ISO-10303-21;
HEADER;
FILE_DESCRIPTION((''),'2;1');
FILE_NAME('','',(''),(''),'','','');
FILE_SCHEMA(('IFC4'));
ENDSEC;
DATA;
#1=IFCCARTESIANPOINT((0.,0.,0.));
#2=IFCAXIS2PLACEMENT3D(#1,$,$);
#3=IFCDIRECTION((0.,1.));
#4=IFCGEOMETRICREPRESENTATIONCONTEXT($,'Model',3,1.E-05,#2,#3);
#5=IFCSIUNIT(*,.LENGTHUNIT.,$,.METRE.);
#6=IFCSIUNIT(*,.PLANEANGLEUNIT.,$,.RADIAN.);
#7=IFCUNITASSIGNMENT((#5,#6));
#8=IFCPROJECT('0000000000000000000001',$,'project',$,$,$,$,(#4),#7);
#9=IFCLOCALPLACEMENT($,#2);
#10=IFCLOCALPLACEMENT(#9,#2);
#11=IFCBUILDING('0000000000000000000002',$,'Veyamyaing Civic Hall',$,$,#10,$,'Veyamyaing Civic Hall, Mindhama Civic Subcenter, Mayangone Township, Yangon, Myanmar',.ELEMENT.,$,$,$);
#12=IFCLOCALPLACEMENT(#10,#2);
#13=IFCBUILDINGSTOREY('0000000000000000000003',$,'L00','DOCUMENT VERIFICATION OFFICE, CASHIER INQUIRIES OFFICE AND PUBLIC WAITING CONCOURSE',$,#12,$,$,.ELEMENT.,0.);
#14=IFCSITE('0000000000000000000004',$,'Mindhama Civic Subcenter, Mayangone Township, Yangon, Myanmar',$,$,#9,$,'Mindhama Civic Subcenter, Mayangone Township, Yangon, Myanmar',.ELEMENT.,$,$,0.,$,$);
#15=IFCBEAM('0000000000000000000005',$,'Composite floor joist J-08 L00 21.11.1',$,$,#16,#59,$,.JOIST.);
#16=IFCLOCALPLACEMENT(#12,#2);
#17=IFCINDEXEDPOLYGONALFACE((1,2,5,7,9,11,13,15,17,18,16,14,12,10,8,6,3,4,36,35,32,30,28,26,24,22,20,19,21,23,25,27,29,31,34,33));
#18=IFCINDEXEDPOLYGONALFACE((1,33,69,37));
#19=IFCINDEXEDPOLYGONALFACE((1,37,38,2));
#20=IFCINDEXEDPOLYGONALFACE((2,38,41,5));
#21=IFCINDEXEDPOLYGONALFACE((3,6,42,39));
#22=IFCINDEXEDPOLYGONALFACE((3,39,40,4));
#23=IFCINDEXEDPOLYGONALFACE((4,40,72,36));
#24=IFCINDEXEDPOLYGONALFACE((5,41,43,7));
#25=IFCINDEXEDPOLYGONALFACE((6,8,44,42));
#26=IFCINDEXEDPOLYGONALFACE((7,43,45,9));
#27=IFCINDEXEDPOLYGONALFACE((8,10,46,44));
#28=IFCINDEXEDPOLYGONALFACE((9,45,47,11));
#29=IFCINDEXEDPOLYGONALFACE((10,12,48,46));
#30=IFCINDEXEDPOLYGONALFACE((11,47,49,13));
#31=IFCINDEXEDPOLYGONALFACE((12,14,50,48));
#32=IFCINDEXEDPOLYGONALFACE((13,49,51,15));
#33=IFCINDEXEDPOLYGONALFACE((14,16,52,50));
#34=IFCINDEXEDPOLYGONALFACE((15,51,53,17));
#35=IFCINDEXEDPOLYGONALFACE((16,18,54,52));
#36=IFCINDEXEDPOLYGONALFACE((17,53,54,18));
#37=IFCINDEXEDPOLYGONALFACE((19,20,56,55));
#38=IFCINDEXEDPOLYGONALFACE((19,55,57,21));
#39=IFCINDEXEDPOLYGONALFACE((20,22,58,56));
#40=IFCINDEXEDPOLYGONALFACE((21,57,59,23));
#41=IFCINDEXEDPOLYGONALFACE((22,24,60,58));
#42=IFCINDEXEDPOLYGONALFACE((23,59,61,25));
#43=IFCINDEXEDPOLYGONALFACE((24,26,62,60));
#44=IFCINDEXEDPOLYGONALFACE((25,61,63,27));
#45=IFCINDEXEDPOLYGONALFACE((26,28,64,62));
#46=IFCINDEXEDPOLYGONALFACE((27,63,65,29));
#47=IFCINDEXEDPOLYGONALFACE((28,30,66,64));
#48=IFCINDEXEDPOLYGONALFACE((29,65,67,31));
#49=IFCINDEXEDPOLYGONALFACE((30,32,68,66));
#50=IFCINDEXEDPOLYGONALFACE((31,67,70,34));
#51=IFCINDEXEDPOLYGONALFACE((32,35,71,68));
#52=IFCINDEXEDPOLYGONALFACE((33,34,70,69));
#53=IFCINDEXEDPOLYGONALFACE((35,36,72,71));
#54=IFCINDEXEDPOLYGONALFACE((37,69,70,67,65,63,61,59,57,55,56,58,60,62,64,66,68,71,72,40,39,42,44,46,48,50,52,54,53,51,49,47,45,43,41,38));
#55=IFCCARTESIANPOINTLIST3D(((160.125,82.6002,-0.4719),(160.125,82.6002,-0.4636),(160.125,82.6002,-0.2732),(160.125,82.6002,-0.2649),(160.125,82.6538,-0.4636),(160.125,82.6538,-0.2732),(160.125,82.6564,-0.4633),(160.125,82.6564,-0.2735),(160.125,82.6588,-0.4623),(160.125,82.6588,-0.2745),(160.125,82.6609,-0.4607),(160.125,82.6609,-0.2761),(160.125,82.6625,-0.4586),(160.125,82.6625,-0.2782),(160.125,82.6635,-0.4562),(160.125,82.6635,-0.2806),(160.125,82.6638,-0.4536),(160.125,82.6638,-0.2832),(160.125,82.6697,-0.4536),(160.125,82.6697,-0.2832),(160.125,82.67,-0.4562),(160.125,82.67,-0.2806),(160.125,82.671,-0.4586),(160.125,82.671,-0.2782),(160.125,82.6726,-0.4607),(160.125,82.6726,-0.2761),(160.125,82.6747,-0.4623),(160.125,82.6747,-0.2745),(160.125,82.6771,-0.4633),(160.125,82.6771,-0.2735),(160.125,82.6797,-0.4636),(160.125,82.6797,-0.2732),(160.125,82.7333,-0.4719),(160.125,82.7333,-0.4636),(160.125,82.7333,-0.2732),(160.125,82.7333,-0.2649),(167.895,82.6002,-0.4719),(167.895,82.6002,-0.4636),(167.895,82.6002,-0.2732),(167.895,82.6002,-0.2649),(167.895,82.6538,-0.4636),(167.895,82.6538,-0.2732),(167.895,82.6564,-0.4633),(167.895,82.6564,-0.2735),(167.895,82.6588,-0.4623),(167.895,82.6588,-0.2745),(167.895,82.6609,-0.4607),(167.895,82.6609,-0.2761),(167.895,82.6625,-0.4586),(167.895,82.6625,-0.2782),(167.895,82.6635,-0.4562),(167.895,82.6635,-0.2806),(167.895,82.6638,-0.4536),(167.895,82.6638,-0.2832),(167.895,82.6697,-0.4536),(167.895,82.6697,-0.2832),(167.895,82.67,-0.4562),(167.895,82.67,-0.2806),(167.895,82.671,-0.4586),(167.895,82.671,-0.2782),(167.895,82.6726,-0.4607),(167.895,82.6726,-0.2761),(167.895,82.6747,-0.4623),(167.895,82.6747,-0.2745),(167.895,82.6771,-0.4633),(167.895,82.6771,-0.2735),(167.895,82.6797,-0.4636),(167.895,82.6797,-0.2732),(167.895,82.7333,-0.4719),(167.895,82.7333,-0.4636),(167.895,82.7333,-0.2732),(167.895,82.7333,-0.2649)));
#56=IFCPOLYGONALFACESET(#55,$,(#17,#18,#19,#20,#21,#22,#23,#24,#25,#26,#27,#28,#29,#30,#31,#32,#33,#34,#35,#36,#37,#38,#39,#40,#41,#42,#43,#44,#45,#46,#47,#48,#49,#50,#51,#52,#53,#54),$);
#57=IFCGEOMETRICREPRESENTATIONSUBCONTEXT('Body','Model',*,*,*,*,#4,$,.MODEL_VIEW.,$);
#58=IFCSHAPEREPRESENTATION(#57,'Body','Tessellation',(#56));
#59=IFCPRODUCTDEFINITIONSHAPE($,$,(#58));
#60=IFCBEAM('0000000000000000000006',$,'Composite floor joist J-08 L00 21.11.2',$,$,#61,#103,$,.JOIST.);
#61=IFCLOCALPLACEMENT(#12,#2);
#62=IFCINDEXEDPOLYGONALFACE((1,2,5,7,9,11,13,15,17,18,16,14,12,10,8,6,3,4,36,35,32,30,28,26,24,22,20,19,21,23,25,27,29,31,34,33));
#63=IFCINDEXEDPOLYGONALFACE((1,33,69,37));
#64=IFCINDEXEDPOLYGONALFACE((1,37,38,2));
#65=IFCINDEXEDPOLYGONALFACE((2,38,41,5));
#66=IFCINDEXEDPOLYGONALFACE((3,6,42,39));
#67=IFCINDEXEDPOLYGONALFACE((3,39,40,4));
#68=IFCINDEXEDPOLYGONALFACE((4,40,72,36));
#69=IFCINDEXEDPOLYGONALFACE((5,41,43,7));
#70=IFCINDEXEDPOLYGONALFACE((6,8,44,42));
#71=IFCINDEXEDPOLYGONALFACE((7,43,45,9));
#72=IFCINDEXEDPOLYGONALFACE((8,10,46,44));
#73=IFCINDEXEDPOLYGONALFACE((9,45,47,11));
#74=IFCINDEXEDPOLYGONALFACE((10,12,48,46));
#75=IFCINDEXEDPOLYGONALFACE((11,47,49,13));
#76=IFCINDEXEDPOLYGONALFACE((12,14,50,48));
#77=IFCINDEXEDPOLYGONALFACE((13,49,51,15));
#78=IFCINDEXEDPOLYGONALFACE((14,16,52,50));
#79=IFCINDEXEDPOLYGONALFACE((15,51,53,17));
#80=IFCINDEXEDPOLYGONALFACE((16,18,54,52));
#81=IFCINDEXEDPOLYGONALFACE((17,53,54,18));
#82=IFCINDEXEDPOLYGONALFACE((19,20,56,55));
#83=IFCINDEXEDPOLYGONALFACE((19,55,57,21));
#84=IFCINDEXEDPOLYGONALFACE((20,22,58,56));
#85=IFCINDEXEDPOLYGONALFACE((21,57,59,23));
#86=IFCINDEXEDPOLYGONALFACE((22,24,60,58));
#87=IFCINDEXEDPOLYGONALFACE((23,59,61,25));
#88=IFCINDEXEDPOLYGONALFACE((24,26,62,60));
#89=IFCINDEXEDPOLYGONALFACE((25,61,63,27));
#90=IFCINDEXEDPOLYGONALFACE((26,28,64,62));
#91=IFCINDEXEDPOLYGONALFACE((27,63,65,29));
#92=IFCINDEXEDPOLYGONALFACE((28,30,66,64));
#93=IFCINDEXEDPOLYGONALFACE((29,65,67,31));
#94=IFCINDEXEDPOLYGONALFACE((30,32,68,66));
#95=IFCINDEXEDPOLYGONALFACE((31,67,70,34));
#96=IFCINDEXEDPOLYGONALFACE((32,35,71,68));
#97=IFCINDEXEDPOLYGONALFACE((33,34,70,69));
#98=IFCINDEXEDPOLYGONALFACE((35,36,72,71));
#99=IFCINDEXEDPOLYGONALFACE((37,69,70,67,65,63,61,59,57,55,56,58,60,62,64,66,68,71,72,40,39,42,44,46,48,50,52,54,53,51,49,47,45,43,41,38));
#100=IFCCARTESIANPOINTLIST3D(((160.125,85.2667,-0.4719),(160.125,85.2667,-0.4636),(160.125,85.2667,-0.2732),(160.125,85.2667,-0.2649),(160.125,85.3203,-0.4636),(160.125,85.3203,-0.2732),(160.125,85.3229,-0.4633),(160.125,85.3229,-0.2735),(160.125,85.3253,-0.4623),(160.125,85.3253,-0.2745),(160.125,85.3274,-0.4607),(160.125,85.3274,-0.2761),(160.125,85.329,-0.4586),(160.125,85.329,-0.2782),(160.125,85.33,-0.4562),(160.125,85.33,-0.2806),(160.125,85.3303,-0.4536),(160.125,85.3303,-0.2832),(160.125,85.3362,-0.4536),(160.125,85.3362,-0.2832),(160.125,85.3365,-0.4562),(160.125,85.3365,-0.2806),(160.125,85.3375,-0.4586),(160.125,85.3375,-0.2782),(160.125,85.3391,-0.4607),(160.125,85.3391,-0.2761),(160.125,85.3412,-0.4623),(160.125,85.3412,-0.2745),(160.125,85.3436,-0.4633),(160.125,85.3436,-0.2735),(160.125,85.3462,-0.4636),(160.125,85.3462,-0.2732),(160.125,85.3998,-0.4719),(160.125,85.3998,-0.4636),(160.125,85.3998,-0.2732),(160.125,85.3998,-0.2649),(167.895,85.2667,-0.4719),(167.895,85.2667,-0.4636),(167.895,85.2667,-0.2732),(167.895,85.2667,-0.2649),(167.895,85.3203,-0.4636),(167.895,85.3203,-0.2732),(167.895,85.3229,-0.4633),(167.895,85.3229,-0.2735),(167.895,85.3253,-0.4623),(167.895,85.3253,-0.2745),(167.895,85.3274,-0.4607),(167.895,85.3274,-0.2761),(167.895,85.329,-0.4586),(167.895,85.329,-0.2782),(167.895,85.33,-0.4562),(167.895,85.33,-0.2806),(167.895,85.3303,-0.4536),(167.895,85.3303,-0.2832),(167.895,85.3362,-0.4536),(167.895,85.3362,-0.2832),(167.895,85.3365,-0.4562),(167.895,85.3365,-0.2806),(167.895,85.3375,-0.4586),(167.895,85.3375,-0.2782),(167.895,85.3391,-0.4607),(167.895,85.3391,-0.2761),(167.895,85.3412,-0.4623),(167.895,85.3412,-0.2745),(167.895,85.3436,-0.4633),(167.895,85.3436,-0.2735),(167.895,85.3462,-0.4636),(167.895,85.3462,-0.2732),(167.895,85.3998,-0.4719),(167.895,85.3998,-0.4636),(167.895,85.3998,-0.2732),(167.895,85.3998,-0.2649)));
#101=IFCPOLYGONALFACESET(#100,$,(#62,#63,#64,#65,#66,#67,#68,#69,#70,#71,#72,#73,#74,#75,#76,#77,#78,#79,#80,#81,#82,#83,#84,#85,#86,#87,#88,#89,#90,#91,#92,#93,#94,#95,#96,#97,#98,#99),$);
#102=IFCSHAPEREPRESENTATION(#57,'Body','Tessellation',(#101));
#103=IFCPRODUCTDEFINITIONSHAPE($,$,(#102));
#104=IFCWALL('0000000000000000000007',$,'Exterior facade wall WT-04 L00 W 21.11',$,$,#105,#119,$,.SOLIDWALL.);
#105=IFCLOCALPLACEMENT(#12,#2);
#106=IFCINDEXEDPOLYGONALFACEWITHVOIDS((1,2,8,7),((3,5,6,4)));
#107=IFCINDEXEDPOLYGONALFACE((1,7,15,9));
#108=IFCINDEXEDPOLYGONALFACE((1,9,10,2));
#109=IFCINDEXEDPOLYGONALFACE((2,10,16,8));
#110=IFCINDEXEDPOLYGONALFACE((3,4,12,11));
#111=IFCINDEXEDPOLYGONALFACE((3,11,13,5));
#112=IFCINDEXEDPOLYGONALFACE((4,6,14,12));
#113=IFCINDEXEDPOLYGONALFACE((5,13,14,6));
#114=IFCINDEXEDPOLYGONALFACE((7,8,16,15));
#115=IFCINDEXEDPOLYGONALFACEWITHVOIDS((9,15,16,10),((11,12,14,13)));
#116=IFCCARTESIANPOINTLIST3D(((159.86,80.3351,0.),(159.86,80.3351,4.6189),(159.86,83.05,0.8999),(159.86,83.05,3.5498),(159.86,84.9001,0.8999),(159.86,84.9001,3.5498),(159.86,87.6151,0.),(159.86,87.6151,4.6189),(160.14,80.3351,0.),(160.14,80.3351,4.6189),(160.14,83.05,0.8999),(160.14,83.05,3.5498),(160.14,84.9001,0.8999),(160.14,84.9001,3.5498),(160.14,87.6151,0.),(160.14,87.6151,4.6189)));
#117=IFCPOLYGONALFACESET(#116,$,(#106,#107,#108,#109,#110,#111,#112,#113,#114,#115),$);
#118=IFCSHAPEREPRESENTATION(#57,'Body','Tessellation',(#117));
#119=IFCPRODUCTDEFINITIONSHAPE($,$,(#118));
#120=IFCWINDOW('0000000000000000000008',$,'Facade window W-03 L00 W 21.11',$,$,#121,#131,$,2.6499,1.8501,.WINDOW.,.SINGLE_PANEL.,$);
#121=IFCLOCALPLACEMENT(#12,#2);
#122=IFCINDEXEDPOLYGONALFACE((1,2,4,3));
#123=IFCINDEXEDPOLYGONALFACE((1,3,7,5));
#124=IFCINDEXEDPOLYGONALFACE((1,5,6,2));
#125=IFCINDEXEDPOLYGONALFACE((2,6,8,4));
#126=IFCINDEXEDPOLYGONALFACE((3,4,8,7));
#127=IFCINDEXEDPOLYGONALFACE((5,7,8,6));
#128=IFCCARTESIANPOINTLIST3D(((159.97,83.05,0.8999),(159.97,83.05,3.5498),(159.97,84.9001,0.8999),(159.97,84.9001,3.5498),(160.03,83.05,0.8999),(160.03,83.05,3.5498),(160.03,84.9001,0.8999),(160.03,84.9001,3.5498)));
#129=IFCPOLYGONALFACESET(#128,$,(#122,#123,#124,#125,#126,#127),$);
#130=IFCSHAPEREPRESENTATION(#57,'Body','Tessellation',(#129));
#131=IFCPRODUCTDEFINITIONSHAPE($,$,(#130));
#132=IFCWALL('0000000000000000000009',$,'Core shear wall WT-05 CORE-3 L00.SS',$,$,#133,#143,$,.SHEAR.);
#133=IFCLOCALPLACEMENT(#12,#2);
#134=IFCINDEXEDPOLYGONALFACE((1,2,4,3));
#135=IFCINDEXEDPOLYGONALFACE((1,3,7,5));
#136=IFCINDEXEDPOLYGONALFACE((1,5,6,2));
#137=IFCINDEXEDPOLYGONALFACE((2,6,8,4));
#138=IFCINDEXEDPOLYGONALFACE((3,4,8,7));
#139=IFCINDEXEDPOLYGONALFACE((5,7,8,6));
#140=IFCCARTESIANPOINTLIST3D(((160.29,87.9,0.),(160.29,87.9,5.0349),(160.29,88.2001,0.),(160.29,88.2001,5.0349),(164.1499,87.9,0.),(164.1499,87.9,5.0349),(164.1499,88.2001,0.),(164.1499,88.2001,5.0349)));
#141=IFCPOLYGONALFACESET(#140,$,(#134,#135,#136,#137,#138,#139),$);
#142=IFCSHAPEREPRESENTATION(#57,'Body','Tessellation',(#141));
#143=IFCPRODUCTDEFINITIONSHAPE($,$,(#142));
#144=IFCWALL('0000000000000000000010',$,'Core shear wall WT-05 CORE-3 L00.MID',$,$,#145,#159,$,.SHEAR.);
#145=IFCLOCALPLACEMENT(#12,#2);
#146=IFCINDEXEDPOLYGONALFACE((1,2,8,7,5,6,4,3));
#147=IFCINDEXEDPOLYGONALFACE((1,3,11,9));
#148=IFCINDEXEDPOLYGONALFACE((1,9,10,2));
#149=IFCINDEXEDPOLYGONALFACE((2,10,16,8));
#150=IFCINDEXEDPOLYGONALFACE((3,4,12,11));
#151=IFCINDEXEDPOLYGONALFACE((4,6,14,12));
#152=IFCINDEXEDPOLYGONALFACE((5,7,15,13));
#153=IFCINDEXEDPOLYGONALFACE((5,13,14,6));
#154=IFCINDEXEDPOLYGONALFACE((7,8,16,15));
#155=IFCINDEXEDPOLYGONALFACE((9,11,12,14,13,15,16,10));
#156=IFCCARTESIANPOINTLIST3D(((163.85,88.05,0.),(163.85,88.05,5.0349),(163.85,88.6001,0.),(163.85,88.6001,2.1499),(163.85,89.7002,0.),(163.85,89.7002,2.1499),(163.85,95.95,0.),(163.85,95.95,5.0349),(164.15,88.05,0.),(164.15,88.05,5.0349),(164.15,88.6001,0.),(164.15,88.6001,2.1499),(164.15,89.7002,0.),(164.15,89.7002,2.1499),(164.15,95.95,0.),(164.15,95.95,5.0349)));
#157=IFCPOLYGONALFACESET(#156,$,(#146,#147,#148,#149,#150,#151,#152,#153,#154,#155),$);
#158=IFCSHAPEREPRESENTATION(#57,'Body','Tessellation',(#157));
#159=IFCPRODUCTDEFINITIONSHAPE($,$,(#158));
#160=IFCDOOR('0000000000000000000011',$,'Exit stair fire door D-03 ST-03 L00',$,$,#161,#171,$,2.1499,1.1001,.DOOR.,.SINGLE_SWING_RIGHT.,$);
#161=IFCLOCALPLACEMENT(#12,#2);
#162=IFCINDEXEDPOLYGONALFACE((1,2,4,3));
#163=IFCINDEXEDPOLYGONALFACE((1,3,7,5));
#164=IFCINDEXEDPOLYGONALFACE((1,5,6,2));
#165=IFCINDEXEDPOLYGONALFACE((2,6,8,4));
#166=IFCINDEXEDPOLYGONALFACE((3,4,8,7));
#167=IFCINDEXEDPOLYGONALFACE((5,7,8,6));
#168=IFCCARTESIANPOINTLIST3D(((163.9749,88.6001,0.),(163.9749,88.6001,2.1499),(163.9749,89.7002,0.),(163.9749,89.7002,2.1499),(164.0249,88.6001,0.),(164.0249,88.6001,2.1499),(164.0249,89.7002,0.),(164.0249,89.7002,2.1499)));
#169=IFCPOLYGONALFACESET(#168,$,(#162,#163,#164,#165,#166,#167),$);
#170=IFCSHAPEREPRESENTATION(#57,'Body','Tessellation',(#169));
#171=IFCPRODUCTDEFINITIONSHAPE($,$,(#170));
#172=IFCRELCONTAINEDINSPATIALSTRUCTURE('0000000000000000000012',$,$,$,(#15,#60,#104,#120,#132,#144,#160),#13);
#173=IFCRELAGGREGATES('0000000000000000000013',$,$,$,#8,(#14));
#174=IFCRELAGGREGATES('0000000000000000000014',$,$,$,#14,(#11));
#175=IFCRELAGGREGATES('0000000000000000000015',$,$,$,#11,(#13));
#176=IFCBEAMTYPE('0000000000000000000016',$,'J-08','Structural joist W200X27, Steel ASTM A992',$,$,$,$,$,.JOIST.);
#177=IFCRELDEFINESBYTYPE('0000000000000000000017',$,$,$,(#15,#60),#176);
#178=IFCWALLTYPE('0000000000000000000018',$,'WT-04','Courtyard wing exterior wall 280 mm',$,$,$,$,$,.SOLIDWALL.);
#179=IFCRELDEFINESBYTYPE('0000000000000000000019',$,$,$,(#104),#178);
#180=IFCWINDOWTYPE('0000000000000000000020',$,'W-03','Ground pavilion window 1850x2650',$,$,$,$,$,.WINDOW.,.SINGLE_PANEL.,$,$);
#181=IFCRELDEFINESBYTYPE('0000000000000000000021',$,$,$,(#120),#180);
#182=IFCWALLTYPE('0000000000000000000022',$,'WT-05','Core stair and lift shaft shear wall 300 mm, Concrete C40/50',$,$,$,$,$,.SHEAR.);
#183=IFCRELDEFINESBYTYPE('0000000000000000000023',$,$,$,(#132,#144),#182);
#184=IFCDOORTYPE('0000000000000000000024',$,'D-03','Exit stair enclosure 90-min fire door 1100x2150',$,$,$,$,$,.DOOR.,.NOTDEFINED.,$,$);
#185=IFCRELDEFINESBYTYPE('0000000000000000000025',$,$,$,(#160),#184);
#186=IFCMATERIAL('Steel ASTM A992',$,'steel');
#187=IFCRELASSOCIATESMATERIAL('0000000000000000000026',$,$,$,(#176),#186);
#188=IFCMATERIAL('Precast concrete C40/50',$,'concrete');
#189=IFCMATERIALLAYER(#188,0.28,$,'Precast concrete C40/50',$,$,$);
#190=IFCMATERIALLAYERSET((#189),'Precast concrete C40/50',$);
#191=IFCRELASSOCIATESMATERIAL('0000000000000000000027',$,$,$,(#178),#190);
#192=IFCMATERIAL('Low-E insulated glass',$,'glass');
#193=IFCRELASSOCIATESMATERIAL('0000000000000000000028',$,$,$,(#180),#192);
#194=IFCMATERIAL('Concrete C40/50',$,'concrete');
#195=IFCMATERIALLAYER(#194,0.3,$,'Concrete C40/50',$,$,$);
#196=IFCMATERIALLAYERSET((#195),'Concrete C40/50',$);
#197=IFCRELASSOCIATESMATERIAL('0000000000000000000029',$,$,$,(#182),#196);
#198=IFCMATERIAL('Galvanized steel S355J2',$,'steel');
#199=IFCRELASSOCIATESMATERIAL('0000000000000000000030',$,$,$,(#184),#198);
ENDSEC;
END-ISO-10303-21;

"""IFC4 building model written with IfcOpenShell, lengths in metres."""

from ifc_helpers import new_model, si_unit, direction, frame, frame_2d, origin, origin_2d, place, context, subcontext, project, spatial, rectangle, i_section, extrude, material, layer, layer_set, material_profile, profile_set, type_object, element, fill, save


model = new_model("IFC4")

# Units and contexts
model_context = context("Model", 3, precision=1e-05, world=origin(), true_north=direction((0.0, 1.0)))
body_context = subcontext(model_context, "Body", "Model", "MODEL_VIEW")
ifc_project = project(units=[si_unit("LENGTHUNIT", "METRE"), si_unit("PLANEANGLEUNIT", "RADIAN")], contexts=[model_context])

# Site, building, storey
site_placement = place(None, origin())
site = spatial("IfcSite", under=ifc_project, at=site_placement, Name="Mindhama Civic Subcenter, Mayangone Township, Yangon, Myanmar", LongName="Mindhama Civic Subcenter, Mayangone Township, Yangon, Myanmar", CompositionType="ELEMENT", RefElevation=0.0)
building_placement = place(site_placement, origin())
building = spatial("IfcBuilding", under=site, at=building_placement, Name="Veyamyaing Civic Hall", LongName="Veyamyaing Civic Hall, Mindhama Civic Subcenter, Mayangone Township, Yangon, Myanmar", CompositionType="ELEMENT")
storey_placement = place(building_placement, origin())
storey = spatial("IfcBuildingStorey", under=building, at=storey_placement, Name="L00", Description="DOCUMENT VERIFICATION OFFICE, CASHIER INQUIRIES OFFICE AND PUBLIC WAITING CONCOURSE", CompositionType="ELEMENT", Elevation=0.0)

# Beams
ifc_material_1 = material(Name="Steel ASTM A992", Category="steel")
ifc_material_profile_1 = material_profile(ifc_material_1, i_section(OverallWidth=0.1331, OverallDepth=0.207, WebThickness=0.0059, FlangeThickness=0.0083, FilletRadius=0.01, at=origin_2d()), Name="W200X27")
ifc_profile_set_1 = profile_set([ifc_material_profile_1], Name="Steel ASTM A992")
beam_type_1 = type_object("IfcBeamType", Name="J-08", Description="Structural joist W200X27, Steel ASTM A992", PredefinedType="JOIST", material=ifc_profile_set_1)
for number, where, z_axis, x_axis, name in (
    (1, (160.125, 82.6667, -0.3684), (1.0, 0.0, 0.0), (0.0, 1.0, 0.0), "Composite floor joist J-08 L00 21.11.1"),
    (2, (160.125, 85.3333, -0.3684), (1.0, 0.0, 0.0), (0.0, 1.0, 0.0), "Composite floor joist J-08 L00 21.11.2"),
):
    element("IfcBeam", number, at=place(storey_placement, frame(where, z_axis=z_axis, x_axis=x_axis)), inside=storey, type_object=beam_type_1, Name=name, PredefinedType="JOIST", context=body_context, shape_type="SweptSolid", body=[
        extrude(i_section(OverallWidth=0.1331, OverallDepth=0.207, WebThickness=0.0059, FlangeThickness=0.0083, FilletRadius=0.01, at=origin_2d()), origin(), (0.0, 0.0, 1.0), 7.77),
    ])

# Wall, opening, window
ifc_material_2 = material(Name="Precast concrete C40/50", Category="concrete")
ifc_layer_1 = layer(ifc_material_2, 0.28, Name="Precast concrete C40/50")
ifc_layer_set_1 = layer_set([ifc_layer_1], Name="Precast concrete C40/50")
wall_type_1 = type_object("IfcWallType", Name="WT-04", Description="Courtyard wing exterior wall 280 mm", PredefinedType="SOLIDWALL", material=ifc_layer_set_1)
wall_1_placement = place(storey_placement, frame((160.0, 80.335, 0.0), z_axis=(0.0, 0.0, 1.0), x_axis=(0.0, 1.0, 0.0)))
wall_1 = element("IfcWall", 3, at=wall_1_placement, inside=storey, type_object=wall_type_1, Name="Exterior facade wall WT-04 L00 W 21.11", PredefinedType="SOLIDWALL", context=body_context, shape_type="SweptSolid", body=[
    extrude(rectangle(XDim=7.28, YDim=0.28, at=frame_2d((3.6401, 0.0))), origin(), (0.0, 0.0, 1.0), 4.6189),
])
opening_1_placement = place(wall_1_placement, frame((2.7151, 0.0, 0.8999)))
opening_1 = element("IfcOpeningElement", 4, at=opening_1_placement, cuts=wall_1, PredefinedType="OPENING", context=body_context, shape_type="SweptSolid", body=[
    extrude(rectangle(XDim=1.8501, YDim=2.6499, at=frame_2d((0.925, 1.325))), frame((0.0, 0.1499, 0.0), z_axis=(0.0, -1.0, 0.0), x_axis=(1.0, 0.0, 0.0)), (0.0, 0.0, 1.0), 0.3),
])
ifc_material_3 = material(Name="Low-E insulated glass", Category="glass")
window_type = type_object("IfcWindowType", Name="W-03", Description="Ground pavilion window 1850x2650", PartitioningType="SINGLE_PANEL", PredefinedType="WINDOW", material=ifc_material_3)
window_placement = place(opening_1_placement, origin())
window = element("IfcWindow", 5, at=window_placement, inside=storey, type_object=window_type, Name="Facade window W-03 L00 W 21.11", OverallHeight=2.6499, OverallWidth=1.8501, PartitioningType="SINGLE_PANEL", PredefinedType="WINDOW", context=body_context, shape_type="SweptSolid", body=[
    extrude(rectangle(XDim=1.8501, YDim=2.6499, at=frame_2d((0.925, 1.325))), frame((0.0, 0.03, 0.0), z_axis=(0.0, -1.0, 0.0), x_axis=(1.0, 0.0, 0.0)), (0.0, 0.0, 1.0), 0.0601),
])
fill(opening_1, window)

# Wall
ifc_material_4 = material(Name="Concrete C40/50", Category="concrete")
ifc_layer_2 = layer(ifc_material_4, 0.3, Name="Concrete C40/50")
ifc_layer_set_2 = layer_set([ifc_layer_2], Name="Concrete C40/50")
wall_type_2 = type_object("IfcWallType", Name="WT-05", Description="Core stair and lift shaft shear wall 300 mm, Concrete C40/50", PredefinedType="SHEAR", material=ifc_layer_set_2)
wall_2_placement = place(storey_placement, frame((160.29, 88.05, 0.0), z_axis=(0.0, 0.0, 1.0), x_axis=(1.0, 0.0, 0.0)))
element("IfcWall", 6, at=wall_2_placement, inside=storey, type_object=wall_type_2, Name="Core shear wall WT-05 CORE-3 L00.SS", PredefinedType="SHEAR", context=body_context, shape_type="SweptSolid", body=[
    extrude(rectangle(XDim=3.8599, YDim=0.3, at=frame_2d((1.9299, 0.0))), origin(), (0.0, 0.0, 1.0), 5.0349),
])

# Wall, opening, door
wall_3_placement = place(storey_placement, frame((164.0, 88.05, 0.0), z_axis=(0.0, 0.0, 1.0), x_axis=(0.0, 1.0, 0.0)))
wall_3 = element("IfcWall", 7, at=wall_3_placement, inside=storey, type_object=wall_type_2, Name="Core shear wall WT-05 CORE-3 L00.MID", PredefinedType="SHEAR", context=body_context, shape_type="SweptSolid", body=[
    extrude(rectangle(XDim=7.8999, YDim=0.3, at=frame_2d((3.95, 0.0))), origin(), (0.0, 0.0, 1.0), 5.0349),
])
opening_2_placement = place(wall_3_placement, frame((0.55, 0.0, 0.0)))
opening_2 = element("IfcOpeningElement", 8, at=opening_2_placement, cuts=wall_3, PredefinedType="OPENING", context=body_context, shape_type="SweptSolid", body=[
    extrude(rectangle(XDim=1.1001, YDim=2.1499, at=frame_2d((0.55, 1.075))), frame((0.0, 0.1599, 0.0), z_axis=(0.0, -1.0, 0.0), x_axis=(1.0, 0.0, 0.0)), (0.0, 0.0, 1.0), 0.3201),
])
ifc_material_5 = material(Name="Galvanized steel S355J2", Category="steel")
door_type = type_object("IfcDoorType", Name="D-03", Description="Exit stair enclosure 90-min fire door 1100x2150", OperationType="NOTDEFINED", PredefinedType="DOOR", material=ifc_material_5)
door_placement = place(opening_2_placement, frame((1.1001, 0.0, 0.0), z_axis=(0.0, 0.0, 1.0), x_axis=(-1.0, 0.0, 0.0)))
door = element("IfcDoor", 9, at=door_placement, inside=storey, type_object=door_type, Name="Exit stair fire door D-03 ST-03 L00", OperationType="SINGLE_SWING_RIGHT", OverallHeight=2.1499, OverallWidth=1.1001, PredefinedType="DOOR", context=body_context, shape_type="SweptSolid", body=[
    extrude(rectangle(XDim=1.1001, YDim=2.1499, at=frame_2d((0.55, 1.075))), frame((0.0, 0.0249, 0.0), z_axis=(0.0, -1.0, 0.0), x_axis=(1.0, 0.0, 0.0)), (0.0, 0.0, 1.0), 0.05),
])
fill(opening_2, door)

save(model, "model.ifc")
